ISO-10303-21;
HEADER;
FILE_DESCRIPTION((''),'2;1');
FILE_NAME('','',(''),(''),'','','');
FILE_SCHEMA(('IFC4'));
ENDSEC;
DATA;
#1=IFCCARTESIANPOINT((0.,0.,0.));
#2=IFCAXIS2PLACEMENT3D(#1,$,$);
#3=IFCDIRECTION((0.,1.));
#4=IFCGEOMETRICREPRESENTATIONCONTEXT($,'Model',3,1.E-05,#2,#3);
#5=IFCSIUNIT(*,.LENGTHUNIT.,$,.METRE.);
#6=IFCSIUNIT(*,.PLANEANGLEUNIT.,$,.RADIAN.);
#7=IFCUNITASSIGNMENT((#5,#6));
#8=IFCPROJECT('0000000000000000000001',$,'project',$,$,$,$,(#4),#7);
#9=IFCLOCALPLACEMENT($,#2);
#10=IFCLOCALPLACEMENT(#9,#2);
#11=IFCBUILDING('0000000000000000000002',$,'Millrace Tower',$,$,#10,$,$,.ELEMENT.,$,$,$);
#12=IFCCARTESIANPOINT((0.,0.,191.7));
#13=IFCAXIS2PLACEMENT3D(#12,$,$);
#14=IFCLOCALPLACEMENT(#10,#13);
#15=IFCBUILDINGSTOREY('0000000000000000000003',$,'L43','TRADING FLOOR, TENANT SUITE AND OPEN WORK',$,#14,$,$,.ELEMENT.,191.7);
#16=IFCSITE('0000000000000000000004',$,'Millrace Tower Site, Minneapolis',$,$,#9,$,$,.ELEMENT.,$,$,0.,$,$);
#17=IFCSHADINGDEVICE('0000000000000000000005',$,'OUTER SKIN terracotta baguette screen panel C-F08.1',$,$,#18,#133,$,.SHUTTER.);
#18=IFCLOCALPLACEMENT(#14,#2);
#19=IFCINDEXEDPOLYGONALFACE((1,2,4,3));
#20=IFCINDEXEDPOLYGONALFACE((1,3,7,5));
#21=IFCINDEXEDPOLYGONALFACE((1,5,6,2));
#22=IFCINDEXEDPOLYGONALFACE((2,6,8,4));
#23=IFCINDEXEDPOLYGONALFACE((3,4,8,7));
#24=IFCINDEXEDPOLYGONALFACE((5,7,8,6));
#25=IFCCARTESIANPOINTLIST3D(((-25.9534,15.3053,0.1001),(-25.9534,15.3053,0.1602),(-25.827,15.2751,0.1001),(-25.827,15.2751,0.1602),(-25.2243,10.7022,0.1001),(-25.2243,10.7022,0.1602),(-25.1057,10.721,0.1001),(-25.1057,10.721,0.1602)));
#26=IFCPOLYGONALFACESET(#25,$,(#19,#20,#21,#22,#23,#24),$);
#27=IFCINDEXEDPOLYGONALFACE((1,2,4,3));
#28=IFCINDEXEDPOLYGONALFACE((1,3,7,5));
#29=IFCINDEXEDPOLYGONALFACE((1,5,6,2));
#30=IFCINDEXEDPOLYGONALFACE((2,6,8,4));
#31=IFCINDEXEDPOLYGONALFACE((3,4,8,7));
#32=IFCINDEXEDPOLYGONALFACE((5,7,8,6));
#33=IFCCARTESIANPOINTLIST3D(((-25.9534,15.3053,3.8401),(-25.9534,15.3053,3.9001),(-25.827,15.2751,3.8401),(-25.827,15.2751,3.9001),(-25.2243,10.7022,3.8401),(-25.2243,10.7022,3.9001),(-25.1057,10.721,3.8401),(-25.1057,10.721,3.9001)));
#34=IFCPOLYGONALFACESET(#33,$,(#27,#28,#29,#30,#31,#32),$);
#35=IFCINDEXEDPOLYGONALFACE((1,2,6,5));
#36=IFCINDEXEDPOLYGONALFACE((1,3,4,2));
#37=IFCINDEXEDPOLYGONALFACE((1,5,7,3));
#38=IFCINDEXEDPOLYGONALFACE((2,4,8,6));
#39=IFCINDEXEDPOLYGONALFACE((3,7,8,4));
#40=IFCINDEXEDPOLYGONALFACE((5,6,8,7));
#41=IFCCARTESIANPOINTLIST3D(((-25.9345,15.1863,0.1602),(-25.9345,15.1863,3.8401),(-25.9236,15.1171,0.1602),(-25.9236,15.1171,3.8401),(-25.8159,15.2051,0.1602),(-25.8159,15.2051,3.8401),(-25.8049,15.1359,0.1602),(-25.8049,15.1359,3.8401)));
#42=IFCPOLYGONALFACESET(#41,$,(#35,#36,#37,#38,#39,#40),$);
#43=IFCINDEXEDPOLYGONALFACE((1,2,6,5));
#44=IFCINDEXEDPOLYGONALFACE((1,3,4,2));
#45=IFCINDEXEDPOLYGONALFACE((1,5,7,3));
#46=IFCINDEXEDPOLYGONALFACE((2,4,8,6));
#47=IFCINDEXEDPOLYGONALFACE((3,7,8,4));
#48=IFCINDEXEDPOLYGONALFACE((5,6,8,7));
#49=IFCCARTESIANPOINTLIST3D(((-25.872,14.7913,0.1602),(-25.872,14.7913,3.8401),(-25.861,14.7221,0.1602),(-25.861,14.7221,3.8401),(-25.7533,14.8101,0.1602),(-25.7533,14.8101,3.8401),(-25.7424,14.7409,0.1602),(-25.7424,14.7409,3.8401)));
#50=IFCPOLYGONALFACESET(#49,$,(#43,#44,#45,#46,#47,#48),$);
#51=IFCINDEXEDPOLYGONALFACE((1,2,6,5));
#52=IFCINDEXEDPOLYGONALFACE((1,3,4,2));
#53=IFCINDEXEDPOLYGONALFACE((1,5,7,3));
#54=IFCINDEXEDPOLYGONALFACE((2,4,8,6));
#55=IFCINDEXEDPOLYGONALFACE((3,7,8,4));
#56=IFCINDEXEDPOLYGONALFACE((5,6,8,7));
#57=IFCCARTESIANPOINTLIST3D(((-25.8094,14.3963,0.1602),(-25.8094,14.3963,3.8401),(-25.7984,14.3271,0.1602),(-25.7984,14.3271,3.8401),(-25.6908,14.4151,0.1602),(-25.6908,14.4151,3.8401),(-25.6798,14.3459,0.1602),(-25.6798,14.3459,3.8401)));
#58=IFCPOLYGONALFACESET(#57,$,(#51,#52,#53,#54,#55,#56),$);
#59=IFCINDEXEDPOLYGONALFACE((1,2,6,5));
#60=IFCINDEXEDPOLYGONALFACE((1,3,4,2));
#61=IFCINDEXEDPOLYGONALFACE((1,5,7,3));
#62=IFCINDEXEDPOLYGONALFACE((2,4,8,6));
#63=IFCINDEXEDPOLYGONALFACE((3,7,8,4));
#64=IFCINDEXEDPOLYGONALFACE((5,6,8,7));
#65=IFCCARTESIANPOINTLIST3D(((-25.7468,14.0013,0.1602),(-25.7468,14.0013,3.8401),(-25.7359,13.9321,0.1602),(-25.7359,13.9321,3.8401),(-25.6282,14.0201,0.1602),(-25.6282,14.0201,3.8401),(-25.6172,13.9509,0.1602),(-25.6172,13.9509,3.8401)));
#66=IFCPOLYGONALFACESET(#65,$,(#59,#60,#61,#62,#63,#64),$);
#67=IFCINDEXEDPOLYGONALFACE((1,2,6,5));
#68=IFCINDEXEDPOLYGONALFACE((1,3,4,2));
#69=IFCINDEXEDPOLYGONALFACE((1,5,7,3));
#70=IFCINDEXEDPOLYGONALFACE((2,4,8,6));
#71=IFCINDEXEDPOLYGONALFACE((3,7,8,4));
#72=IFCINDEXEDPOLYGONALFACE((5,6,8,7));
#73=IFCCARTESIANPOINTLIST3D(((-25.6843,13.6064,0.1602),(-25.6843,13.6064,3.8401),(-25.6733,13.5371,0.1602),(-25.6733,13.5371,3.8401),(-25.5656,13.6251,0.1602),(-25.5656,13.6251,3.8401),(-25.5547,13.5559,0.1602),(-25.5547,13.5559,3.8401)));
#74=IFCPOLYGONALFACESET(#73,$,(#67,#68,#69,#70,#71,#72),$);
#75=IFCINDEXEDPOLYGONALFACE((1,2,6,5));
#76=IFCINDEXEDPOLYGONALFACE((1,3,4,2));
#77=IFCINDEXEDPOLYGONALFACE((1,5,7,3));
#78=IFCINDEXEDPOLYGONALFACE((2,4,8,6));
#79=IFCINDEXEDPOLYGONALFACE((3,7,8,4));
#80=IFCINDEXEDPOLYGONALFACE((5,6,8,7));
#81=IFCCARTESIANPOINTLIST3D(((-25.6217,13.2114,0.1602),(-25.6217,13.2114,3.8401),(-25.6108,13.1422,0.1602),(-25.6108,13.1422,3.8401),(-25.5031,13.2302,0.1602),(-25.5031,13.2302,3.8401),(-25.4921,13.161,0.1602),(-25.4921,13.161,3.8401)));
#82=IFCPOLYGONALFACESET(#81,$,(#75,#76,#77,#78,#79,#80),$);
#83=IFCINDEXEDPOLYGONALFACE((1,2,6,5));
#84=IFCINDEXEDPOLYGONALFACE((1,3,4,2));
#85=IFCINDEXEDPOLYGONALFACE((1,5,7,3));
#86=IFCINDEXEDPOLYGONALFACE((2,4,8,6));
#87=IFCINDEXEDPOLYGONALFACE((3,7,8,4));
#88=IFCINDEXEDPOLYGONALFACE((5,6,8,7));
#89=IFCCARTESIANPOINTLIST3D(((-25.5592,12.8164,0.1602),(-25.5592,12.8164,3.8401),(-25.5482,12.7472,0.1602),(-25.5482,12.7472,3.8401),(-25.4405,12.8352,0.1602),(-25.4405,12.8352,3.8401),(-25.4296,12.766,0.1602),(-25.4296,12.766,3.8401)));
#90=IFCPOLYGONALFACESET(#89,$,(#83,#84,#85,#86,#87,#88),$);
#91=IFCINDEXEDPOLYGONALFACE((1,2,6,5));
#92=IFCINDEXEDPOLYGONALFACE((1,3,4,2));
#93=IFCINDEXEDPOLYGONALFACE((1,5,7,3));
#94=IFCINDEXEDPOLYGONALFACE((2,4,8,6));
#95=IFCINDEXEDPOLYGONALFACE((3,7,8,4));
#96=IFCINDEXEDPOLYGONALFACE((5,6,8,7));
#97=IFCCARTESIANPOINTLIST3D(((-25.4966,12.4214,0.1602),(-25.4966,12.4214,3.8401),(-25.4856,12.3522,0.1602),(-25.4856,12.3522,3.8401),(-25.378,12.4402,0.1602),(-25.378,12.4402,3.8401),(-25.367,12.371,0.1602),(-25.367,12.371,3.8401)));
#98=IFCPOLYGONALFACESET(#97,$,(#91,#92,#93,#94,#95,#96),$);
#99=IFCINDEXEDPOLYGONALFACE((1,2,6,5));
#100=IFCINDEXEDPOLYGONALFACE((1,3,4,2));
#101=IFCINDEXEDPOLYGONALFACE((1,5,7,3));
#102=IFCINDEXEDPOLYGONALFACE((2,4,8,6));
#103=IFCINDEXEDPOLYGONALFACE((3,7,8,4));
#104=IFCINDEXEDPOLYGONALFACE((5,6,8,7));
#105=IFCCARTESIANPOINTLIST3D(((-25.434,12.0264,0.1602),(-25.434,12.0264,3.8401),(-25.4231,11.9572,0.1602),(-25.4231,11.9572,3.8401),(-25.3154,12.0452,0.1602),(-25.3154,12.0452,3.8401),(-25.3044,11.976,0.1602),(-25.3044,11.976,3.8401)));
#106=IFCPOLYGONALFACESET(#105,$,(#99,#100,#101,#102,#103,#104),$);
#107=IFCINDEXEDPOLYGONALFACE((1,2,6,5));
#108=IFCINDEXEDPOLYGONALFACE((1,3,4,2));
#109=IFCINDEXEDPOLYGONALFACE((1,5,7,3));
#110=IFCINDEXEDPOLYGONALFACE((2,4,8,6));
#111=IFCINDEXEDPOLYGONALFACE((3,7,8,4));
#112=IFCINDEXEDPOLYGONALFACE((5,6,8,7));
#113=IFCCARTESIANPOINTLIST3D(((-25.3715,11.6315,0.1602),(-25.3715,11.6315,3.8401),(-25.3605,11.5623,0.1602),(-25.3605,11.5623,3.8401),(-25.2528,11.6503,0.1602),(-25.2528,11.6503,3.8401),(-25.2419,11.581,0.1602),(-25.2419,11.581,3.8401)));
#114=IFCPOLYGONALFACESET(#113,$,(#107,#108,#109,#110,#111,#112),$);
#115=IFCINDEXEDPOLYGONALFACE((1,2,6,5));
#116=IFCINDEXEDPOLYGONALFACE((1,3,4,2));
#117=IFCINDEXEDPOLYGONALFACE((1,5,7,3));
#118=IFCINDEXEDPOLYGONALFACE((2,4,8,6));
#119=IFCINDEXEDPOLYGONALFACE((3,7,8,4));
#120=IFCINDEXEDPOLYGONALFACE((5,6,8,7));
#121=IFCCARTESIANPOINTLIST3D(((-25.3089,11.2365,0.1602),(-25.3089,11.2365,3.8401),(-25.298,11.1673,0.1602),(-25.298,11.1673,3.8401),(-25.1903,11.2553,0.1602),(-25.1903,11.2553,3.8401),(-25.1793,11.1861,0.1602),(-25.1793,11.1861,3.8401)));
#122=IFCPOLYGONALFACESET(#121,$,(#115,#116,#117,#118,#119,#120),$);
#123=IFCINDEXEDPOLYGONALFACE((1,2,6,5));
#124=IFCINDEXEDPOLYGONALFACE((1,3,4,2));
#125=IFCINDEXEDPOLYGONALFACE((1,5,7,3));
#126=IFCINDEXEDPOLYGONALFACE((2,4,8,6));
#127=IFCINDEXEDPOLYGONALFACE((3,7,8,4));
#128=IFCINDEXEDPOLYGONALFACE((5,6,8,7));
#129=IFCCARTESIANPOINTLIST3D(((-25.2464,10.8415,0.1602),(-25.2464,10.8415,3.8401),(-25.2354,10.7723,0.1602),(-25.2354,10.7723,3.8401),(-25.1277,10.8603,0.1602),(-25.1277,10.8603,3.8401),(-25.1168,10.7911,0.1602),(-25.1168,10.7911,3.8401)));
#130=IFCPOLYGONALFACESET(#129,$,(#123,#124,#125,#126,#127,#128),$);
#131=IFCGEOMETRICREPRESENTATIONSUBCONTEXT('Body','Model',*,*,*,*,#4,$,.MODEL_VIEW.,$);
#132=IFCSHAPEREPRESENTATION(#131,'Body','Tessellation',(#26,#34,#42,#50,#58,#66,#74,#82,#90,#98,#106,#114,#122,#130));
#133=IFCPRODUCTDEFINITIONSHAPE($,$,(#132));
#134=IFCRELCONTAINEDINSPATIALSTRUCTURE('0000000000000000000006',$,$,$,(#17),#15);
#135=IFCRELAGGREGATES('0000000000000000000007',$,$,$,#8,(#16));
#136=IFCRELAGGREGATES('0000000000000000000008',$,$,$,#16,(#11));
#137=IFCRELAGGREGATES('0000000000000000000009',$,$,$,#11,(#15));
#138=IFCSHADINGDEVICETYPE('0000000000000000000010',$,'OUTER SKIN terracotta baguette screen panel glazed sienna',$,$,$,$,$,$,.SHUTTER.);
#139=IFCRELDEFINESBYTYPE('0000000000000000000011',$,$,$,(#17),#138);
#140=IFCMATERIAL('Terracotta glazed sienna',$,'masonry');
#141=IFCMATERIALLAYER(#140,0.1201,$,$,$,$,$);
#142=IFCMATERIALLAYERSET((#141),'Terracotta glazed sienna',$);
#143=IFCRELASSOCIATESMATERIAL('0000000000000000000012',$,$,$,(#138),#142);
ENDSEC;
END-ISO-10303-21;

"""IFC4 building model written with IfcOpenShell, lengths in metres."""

from ifc_helpers import new_model, entity, si_unit, direction, frame, frame_2d, origin, place, context, subcontext, project, spatial, rectangle, extrude, source, transform, mapped, material, layer, layer_set, type_object, element, save


model = new_model("IFC4")

# Units and contexts
model_context = context("Model", 3, precision=1e-05, world=origin(), true_north=direction((0.0, 1.0)))
body_context = subcontext(model_context, "Body", "Model", "MODEL_VIEW")
ifc_project = project(units=[si_unit("LENGTHUNIT", "METRE"), si_unit("PLANEANGLEUNIT", "RADIAN")], contexts=[model_context])

# Site, building, storey
site_placement = place(None, origin())
site = spatial("IfcSite", under=ifc_project, at=site_placement, Name="Millrace Tower Site, Minneapolis", CompositionType="ELEMENT", RefElevation=0.0)
building_placement = place(site_placement, origin())
building = spatial("IfcBuilding", under=site, at=building_placement, Name="Millrace Tower", CompositionType="ELEMENT")
storey_placement = place(building_placement, frame((0.0, 0.0, 191.7)))
storey = spatial("IfcBuildingStorey", under=building, at=storey_placement, Name="L43", Description="TRADING FLOOR, TENANT SUITE AND OPEN WORK", CompositionType="ELEMENT", Elevation=191.7)

# Shading device
ifc_material_1 = material(Name="Terracotta glazed sienna", Category="masonry")
ifc_layer_1 = layer(ifc_material_1, 0.1201)
ifc_layer_set_1 = layer_set([ifc_layer_1], Name="Terracotta glazed sienna")
shading_device_type = type_object("IfcShadingDeviceType", Name="OUTER SKIN terracotta baguette screen panel glazed sienna", PredefinedType="SHUTTER", material=ifc_layer_set_1)
cartesian_point_1 = entity("IfcCartesianPoint", [-2.293, 0.0601])
shared_polyline_1 = entity("IfcPolyline", [cartesian_point_1, entity("IfcCartesianPoint", [2.3179, 0.0601]), entity("IfcCartesianPoint", [2.3179, -0.0601]), entity("IfcCartesianPoint", [-2.3425, -0.0601]), cartesian_point_1])
shared_shape_1 = source(origin(), body_context, "Body", "SweptSolid", [
    entity("IfcExtrudedAreaSolid", entity("IfcArbitraryClosedProfileDef", "AREA", None, shared_polyline_1), entity("IfcAxis2Placement3D", entity("IfcCartesianPoint", [0.0, 0.0, 0.0])), entity("IfcDirection", [0.0, 0.0, 1.0]), 0.0601),
    entity("IfcExtrudedAreaSolid", entity("IfcArbitraryClosedProfileDef", "AREA", None, shared_polyline_1), entity("IfcAxis2Placement3D", entity("IfcCartesianPoint", [0.0, 0.0, 3.74])), entity("IfcDirection", [0.0, 0.0, 1.0]), 0.0601),
    extrude(rectangle(XDim=0.0701, YDim=0.1201, at=frame_2d((-2.187, 0.0))), frame((0.0, 0.0, 0.0601)), (0.0, 0.0, 1.0), 3.6799),
    extrude(rectangle(XDim=0.0701, YDim=0.1201, at=frame_2d((-1.7871, 0.0))), frame((0.0, 0.0, 0.0601)), (0.0, 0.0, 1.0), 3.6799),
    extrude(rectangle(XDim=0.0701, YDim=0.1201, at=frame_2d((-1.3872, 0.0))), frame((0.0, 0.0, 0.0601)), (0.0, 0.0, 1.0), 3.6799),
    extrude(rectangle(XDim=0.0701, YDim=0.1201, at=frame_2d((-0.9873, 0.0))), frame((0.0, 0.0, 0.0601)), (0.0, 0.0, 1.0), 3.6799),
    extrude(rectangle(XDim=0.0701, YDim=0.1201, at=frame_2d((-0.5874, 0.0))), frame((0.0, 0.0, 0.0601)), (0.0, 0.0, 1.0), 3.6799),
    extrude(rectangle(XDim=0.0701, YDim=0.1201, at=frame_2d((-0.1875, 0.0))), frame((0.0, 0.0, 0.0601)), (0.0, 0.0, 1.0), 3.6799),
    extrude(rectangle(XDim=0.0701, YDim=0.1201, at=frame_2d((0.2124, 0.0))), frame((0.0, 0.0, 0.0601)), (0.0, 0.0, 1.0), 3.6799),
    extrude(rectangle(XDim=0.0701, YDim=0.1201, at=frame_2d((0.6123, 0.0))), frame((0.0, 0.0, 0.0601)), (0.0, 0.0, 1.0), 3.6799),
    extrude(rectangle(XDim=0.0701, YDim=0.1201, at=frame_2d((1.0122, 0.0))), frame((0.0, 0.0, 0.0601)), (0.0, 0.0, 1.0), 3.6799),
    extrude(rectangle(XDim=0.0701, YDim=0.1201, at=frame_2d((1.4121, 0.0))), frame((0.0, 0.0, 0.0601)), (0.0, 0.0, 1.0), 3.6799),
    extrude(rectangle(XDim=0.0701, YDim=0.1201, at=frame_2d((1.812, 0.0))), frame((0.0, 0.0, 0.0601)), (0.0, 0.0, 1.0), 3.6799),
    extrude(rectangle(XDim=0.0701, YDim=0.1201, at=frame_2d((2.2119, 0.0))), frame((0.0, 0.0, 0.0601)), (0.0, 0.0, 1.0), 3.6799),
])
shading_device_1_placement = place(storey_placement, frame((-25.5276, 13.001, 0.1001), z_axis=(0.0, 0.0, 1.0), x_axis=(0.156434, -0.987688, 0.0)))
element("IfcShadingDevice", 1, at=shading_device_1_placement, inside=storey, type_object=shading_device_type, Name="OUTER SKIN terracotta baguette screen panel C-F08.1", PredefinedType="SHUTTER", context=body_context, shape_type="MappedRepresentation", body=[
    mapped(shared_shape_1, transform((0.0, 0.0, 0.0), scale=1.0)),
])

save(model, "model.ifc")
